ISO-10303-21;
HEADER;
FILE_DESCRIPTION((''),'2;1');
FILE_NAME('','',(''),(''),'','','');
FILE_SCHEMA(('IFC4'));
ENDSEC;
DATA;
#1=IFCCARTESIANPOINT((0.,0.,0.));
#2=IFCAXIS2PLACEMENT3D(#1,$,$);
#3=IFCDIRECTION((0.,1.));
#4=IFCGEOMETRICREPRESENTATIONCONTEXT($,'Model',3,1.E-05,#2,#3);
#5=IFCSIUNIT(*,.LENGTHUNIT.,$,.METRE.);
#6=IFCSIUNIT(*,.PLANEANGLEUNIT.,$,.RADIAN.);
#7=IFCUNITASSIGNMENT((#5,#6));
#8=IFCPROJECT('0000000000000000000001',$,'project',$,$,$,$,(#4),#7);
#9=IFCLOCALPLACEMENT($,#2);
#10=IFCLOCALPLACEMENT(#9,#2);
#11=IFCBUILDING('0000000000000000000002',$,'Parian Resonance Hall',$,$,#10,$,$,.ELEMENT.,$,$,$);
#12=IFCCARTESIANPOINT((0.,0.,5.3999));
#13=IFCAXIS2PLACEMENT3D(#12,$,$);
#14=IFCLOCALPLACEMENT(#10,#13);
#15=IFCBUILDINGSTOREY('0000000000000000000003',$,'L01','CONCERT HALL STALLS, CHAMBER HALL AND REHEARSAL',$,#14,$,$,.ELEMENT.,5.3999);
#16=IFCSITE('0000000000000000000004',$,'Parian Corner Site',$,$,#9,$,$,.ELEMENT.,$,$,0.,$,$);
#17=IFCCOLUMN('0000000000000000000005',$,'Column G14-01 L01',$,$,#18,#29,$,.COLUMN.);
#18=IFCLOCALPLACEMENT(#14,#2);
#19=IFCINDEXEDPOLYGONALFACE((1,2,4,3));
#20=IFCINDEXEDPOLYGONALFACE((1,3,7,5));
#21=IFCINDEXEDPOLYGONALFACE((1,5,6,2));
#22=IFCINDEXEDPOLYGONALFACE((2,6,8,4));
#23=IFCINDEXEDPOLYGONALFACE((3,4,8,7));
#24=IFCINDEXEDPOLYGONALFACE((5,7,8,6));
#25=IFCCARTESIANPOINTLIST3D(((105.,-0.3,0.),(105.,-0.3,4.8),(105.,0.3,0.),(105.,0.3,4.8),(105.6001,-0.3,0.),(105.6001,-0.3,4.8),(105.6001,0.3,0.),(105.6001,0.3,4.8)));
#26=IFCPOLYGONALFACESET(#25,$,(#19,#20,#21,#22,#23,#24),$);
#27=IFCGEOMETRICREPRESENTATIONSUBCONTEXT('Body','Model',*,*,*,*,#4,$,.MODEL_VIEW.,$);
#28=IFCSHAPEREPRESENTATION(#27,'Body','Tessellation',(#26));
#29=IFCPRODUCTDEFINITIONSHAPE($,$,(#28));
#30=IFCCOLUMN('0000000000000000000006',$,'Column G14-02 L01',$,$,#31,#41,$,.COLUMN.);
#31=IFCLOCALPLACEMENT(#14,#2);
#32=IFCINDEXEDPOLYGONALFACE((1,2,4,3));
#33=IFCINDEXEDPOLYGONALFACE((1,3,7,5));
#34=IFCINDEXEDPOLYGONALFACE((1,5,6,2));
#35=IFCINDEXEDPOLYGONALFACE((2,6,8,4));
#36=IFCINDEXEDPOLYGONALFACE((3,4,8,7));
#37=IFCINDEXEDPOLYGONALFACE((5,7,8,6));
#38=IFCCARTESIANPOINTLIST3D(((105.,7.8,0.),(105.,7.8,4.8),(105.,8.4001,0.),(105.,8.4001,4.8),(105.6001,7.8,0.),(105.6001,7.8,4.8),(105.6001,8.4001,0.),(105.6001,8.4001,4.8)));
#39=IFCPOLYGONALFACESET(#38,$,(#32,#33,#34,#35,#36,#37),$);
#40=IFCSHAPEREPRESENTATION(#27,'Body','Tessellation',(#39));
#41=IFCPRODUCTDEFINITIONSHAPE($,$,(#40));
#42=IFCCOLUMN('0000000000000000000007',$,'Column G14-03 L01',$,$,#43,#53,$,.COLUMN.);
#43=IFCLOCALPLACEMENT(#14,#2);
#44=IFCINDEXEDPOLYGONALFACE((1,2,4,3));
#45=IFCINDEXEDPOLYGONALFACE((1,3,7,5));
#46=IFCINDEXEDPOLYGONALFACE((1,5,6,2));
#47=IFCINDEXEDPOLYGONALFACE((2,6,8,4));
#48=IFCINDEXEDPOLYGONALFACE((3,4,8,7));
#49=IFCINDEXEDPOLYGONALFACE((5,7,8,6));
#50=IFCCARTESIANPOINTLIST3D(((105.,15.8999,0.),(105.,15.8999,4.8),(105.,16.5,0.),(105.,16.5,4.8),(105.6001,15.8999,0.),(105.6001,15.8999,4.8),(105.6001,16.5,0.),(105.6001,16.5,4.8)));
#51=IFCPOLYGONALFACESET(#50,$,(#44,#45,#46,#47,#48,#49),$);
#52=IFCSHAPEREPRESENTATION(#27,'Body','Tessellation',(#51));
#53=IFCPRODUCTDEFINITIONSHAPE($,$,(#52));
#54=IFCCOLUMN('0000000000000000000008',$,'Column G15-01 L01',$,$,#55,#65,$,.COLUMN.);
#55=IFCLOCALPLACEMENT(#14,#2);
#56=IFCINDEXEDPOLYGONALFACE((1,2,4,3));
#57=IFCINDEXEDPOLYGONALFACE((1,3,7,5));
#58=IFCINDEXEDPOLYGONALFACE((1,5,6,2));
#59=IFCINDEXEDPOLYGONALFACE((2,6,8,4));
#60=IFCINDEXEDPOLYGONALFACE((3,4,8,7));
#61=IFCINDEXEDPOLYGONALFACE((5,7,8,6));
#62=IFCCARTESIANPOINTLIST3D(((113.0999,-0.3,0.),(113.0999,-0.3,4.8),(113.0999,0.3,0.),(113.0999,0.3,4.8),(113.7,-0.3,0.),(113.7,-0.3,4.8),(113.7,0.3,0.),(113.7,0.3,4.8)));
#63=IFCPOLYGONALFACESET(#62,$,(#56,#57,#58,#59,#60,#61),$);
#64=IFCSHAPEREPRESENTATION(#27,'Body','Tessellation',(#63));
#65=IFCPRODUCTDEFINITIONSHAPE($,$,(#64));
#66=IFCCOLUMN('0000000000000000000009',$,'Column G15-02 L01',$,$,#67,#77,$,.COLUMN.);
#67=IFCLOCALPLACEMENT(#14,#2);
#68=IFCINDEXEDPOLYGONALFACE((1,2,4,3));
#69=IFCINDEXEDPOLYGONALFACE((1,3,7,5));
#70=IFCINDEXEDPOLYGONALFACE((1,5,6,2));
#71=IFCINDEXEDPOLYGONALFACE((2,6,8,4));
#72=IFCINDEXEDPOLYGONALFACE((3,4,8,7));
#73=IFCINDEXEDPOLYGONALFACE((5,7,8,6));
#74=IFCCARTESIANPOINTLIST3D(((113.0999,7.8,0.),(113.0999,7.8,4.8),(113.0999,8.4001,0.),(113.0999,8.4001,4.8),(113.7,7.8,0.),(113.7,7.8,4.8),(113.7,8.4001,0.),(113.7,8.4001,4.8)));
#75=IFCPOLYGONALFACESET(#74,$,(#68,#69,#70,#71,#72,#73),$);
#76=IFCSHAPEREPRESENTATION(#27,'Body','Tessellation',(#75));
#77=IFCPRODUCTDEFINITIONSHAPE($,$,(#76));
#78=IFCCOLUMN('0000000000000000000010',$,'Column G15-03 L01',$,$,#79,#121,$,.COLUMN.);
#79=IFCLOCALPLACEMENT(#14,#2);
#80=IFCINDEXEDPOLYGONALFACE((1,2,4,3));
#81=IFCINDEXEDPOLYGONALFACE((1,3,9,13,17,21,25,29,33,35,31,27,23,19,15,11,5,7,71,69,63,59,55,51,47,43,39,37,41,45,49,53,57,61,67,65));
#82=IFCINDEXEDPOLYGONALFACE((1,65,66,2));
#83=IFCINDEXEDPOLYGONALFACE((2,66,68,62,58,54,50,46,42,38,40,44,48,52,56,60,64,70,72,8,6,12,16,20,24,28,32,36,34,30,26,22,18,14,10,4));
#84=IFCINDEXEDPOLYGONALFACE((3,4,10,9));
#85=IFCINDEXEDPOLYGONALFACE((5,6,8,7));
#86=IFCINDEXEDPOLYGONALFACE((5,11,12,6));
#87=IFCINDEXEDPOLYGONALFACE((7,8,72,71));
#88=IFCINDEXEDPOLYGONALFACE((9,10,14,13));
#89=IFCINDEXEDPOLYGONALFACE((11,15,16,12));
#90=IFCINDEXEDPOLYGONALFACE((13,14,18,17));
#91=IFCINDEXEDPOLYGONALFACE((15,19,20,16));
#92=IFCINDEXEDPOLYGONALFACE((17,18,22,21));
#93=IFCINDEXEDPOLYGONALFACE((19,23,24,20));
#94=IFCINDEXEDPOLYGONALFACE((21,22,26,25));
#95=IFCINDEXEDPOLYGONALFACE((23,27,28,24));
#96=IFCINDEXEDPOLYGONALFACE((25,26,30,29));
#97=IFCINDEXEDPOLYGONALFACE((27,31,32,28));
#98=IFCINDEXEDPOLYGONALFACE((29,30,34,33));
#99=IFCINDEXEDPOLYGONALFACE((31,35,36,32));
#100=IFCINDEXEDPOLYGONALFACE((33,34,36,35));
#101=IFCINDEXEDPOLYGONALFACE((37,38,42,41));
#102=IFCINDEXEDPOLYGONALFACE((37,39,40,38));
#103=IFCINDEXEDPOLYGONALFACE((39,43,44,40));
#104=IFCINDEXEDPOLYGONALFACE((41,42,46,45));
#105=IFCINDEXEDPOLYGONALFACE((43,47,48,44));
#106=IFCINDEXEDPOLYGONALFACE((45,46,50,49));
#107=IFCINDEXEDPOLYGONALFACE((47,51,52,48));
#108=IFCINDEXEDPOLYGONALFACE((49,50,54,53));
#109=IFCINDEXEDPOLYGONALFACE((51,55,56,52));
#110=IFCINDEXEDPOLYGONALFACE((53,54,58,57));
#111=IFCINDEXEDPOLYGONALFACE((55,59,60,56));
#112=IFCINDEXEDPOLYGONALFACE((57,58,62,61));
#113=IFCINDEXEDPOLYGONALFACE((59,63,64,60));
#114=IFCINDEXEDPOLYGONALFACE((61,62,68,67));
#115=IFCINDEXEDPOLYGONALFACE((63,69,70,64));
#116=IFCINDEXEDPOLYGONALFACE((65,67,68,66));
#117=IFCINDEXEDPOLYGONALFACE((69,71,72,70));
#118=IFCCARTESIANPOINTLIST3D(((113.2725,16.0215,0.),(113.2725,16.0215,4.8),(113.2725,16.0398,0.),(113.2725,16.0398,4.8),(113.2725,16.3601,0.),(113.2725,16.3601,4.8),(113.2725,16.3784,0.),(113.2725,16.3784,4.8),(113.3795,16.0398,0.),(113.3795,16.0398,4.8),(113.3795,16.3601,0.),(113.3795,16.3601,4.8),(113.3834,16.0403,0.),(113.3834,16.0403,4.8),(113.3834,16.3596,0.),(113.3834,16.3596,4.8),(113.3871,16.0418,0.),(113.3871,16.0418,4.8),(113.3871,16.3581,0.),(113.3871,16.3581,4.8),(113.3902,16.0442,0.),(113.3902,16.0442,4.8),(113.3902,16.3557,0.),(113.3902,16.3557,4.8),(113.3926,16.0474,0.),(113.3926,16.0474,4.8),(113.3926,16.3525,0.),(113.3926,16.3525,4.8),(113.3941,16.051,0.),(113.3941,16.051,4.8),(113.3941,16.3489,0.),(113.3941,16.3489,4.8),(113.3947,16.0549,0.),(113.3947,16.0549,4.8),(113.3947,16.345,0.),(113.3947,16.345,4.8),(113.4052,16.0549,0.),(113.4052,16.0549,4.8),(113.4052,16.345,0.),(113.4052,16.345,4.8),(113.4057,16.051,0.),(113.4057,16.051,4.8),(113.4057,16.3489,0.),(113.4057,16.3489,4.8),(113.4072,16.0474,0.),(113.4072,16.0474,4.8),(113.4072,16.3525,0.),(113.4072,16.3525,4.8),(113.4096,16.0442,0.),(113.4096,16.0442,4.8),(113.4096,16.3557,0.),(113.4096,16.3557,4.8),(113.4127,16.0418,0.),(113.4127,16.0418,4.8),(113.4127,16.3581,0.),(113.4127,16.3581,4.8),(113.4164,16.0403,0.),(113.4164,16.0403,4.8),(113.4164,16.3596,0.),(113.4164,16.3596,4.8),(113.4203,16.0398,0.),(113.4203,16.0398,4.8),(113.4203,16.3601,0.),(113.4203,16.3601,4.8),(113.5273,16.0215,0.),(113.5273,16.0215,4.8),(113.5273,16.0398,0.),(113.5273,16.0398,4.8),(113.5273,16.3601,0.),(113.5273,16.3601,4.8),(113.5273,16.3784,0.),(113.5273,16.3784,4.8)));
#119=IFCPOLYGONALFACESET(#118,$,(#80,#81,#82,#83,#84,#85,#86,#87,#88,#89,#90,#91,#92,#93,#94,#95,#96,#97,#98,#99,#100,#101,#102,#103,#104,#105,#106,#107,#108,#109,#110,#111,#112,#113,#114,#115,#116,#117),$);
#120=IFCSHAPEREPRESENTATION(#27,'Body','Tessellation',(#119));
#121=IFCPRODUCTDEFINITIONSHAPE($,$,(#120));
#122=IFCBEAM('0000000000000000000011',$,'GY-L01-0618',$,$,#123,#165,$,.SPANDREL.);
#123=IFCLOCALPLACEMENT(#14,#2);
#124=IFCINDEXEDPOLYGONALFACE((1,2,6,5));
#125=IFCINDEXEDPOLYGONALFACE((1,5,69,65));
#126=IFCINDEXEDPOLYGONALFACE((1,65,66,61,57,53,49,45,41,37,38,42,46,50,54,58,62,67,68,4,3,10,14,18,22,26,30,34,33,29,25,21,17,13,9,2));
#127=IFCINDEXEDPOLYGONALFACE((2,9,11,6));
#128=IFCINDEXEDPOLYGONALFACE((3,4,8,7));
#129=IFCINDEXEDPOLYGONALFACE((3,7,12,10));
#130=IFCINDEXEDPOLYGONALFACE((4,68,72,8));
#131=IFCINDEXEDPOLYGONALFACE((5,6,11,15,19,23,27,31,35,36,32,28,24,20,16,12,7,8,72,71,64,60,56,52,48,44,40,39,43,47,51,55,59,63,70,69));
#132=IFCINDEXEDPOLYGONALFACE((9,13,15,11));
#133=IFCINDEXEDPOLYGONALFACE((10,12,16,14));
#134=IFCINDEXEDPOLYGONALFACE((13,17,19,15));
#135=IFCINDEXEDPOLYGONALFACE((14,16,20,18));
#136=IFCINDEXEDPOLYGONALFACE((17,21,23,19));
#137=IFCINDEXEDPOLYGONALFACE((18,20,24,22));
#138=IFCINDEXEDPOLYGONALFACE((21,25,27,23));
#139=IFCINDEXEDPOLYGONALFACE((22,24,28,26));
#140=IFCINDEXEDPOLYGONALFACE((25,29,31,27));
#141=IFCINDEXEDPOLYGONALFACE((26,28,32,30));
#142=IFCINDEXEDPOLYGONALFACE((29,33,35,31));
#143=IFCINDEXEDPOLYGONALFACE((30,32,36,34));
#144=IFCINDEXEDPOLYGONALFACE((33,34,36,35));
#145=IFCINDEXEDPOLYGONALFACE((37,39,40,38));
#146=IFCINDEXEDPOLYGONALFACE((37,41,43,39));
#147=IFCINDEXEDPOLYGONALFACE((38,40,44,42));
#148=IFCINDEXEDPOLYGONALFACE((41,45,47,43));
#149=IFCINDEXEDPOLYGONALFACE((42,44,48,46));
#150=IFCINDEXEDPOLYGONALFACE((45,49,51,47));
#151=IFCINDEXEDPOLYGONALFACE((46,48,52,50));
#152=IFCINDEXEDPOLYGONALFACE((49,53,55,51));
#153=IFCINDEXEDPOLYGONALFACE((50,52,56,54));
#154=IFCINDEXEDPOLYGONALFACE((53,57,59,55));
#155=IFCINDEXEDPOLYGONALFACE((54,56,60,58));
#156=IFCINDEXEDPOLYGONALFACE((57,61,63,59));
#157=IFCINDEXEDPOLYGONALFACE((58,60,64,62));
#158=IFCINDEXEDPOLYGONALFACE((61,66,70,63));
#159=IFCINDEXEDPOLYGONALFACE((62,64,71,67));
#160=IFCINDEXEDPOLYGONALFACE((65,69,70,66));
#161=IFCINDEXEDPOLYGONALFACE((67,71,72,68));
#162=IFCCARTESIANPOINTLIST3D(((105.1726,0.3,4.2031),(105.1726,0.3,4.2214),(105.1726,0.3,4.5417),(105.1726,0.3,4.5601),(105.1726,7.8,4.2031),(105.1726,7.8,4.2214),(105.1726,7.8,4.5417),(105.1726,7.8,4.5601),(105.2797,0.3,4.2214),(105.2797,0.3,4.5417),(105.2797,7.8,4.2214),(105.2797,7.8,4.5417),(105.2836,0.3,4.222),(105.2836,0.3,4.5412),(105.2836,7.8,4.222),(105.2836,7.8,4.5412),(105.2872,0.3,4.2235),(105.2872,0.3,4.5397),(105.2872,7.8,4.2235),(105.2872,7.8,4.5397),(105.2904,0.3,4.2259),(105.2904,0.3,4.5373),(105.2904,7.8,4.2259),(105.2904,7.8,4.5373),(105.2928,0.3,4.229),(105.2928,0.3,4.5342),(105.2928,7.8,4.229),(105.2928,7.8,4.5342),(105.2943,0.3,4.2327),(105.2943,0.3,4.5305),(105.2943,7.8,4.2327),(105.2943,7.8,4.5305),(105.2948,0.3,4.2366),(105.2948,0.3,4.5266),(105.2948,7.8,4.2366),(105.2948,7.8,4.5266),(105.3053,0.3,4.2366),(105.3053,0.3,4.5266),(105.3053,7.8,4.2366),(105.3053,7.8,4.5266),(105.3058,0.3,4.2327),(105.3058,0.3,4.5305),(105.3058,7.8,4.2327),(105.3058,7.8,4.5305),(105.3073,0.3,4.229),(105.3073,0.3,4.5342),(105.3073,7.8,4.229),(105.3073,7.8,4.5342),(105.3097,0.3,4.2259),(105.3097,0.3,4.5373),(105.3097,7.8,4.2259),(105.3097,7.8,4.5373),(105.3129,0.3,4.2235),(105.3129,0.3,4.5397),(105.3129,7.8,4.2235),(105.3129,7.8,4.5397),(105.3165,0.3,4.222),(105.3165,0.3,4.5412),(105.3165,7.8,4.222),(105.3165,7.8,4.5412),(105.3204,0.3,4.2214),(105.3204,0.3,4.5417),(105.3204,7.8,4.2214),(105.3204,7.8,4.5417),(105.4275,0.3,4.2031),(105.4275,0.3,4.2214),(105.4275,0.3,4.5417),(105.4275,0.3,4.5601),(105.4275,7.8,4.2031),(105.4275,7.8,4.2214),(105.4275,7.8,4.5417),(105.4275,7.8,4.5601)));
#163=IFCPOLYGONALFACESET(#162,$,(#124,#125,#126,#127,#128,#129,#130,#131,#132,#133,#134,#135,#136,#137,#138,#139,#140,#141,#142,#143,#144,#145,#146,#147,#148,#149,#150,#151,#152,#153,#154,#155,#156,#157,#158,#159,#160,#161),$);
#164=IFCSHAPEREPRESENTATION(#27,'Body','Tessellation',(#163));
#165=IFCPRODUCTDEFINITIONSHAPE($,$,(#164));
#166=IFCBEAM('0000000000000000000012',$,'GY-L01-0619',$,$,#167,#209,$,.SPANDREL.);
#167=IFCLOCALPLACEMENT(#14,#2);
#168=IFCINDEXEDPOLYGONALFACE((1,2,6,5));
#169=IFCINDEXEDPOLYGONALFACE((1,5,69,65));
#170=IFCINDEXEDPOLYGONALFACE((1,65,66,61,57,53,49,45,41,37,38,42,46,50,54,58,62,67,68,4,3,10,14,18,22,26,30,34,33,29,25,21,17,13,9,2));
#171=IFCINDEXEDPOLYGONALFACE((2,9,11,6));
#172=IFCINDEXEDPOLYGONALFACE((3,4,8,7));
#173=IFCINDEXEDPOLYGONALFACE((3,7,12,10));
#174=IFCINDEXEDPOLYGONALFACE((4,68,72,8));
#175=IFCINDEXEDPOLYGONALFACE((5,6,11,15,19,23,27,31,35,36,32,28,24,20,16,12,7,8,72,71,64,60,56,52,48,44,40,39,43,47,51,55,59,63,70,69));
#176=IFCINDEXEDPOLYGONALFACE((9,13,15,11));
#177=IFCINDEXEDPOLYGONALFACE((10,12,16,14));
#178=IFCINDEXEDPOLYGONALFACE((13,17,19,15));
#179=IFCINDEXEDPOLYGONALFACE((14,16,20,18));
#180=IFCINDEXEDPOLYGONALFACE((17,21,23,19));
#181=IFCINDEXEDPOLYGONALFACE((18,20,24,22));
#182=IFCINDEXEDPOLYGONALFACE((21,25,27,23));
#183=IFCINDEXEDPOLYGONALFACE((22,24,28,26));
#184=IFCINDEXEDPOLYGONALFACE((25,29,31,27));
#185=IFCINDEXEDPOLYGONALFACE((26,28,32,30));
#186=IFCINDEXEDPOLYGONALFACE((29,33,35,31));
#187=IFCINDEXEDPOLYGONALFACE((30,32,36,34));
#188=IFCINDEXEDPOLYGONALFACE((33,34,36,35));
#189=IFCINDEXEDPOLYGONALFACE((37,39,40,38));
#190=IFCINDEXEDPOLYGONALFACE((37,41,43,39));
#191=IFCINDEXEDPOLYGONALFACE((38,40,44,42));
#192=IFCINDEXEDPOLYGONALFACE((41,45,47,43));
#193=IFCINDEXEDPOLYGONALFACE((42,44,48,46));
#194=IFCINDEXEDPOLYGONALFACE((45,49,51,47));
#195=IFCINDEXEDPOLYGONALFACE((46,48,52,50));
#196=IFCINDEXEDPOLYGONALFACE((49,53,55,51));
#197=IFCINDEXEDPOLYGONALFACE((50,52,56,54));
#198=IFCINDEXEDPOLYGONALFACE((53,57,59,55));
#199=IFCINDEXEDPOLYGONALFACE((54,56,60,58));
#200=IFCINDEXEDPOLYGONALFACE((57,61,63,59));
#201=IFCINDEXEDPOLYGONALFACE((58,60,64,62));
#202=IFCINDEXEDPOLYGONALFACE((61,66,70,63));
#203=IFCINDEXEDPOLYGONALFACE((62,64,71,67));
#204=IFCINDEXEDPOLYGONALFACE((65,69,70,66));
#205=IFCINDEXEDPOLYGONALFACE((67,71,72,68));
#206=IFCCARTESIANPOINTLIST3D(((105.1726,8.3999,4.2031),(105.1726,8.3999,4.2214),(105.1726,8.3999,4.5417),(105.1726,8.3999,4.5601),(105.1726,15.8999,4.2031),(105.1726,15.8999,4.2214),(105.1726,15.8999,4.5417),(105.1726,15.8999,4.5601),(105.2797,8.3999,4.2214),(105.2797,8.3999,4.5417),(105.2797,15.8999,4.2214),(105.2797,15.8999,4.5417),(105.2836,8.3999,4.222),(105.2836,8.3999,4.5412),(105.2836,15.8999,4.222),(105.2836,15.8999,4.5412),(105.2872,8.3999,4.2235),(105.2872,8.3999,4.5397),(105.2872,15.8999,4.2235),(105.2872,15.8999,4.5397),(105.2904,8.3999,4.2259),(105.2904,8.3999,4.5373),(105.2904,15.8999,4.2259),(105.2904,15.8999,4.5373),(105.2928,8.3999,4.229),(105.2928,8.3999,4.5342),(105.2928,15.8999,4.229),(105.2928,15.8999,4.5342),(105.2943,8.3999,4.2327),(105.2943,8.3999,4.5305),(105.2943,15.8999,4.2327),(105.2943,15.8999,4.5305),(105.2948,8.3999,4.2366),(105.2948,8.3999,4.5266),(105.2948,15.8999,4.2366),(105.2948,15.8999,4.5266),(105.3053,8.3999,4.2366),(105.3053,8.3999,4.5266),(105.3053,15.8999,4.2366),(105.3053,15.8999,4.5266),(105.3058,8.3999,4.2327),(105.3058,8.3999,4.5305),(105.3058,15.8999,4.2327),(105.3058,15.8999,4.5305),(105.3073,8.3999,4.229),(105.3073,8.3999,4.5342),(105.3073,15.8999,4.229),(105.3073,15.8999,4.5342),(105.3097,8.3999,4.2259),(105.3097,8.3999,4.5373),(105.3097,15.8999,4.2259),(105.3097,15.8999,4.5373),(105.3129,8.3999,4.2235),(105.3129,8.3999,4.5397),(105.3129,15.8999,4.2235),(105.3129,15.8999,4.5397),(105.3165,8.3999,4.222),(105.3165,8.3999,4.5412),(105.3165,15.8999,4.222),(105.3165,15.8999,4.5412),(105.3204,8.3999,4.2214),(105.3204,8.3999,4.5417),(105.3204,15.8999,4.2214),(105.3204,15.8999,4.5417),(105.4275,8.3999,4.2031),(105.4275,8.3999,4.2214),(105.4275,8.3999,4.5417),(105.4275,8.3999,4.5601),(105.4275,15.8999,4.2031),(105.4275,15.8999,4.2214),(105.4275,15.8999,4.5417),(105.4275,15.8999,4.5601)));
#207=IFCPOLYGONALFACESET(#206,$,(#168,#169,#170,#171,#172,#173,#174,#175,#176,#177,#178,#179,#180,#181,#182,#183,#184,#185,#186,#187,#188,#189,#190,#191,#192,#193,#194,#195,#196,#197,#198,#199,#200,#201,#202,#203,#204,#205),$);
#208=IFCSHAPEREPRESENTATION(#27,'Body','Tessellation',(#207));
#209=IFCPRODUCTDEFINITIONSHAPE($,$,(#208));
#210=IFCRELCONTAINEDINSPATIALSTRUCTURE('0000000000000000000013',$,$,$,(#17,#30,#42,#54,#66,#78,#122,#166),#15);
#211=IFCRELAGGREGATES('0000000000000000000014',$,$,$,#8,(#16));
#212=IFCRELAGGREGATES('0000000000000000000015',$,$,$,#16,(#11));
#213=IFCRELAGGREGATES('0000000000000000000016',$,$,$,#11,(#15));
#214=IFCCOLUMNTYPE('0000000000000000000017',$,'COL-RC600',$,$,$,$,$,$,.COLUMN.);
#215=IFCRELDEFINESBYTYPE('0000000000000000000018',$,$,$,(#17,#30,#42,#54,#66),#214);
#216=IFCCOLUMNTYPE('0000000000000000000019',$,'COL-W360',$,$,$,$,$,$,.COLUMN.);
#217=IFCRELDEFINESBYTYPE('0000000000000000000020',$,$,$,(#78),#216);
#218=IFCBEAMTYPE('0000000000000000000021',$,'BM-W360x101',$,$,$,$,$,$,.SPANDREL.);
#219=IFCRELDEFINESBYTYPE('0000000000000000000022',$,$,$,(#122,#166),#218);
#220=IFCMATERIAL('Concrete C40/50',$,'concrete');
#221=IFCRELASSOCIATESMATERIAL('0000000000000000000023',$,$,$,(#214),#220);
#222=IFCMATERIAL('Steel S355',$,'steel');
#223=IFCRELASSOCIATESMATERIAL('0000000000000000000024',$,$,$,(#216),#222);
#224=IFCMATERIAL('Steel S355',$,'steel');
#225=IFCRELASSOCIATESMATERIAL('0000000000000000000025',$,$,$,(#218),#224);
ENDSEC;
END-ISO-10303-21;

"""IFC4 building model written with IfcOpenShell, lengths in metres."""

from ifc_helpers import new_model, si_unit, direction, frame, origin, origin_2d, place, context, subcontext, project, spatial, rectangle, i_section, extrude, material, material_profile, profile_set, type_object, element, save


model = new_model("IFC4")

# Units and contexts
model_context = context("Model", 3, precision=1e-05, world=origin(), true_north=direction((0.0, 1.0)))
body_context = subcontext(model_context, "Body", "Model", "MODEL_VIEW")
ifc_project = project(units=[si_unit("LENGTHUNIT", "METRE"), si_unit("PLANEANGLEUNIT", "RADIAN")], contexts=[model_context])

# Site, building, storey
site_placement = place(None, origin())
site = spatial("IfcSite", under=ifc_project, at=site_placement, Name="Parian Corner Site", CompositionType="ELEMENT", RefElevation=0.0)
building_placement = place(site_placement, origin())
building = spatial("IfcBuilding", under=site, at=building_placement, Name="Parian Resonance Hall", CompositionType="ELEMENT")
storey_placement = place(building_placement, frame((0.0, 0.0, 5.3999)))
storey = spatial("IfcBuildingStorey", under=building, at=storey_placement, Name="L01", Description="CONCERT HALL STALLS, CHAMBER HALL AND REHEARSAL", CompositionType="ELEMENT", Elevation=5.3999)

# Columns
ifc_material_1 = material(Name="Concrete C40/50", Category="concrete")
ifc_material_profile_1 = material_profile(ifc_material_1, rectangle(XDim=0.6001, YDim=0.6001, at=origin_2d()), Name="RC-COL-600x600")
ifc_profile_set_1 = profile_set([ifc_material_profile_1], Name="Concrete C40/50")
column_type_1 = type_object("IfcColumnType", Name="COL-RC600", PredefinedType="COLUMN", material=ifc_profile_set_1)
for number, where, z_axis, x_axis, name in (
    (1, (105.3, 0.0, 0.0), (0.0, 0.0, 1.0), (1.0, 0.0, 0.0), "Column G14-01 L01"),
    (2, (105.3, 8.1001, 0.0), (0.0, 0.0, 1.0), (1.0, 0.0, 0.0), "Column G14-02 L01"),
    (3, (105.3, 16.2, 0.0), (0.0, 0.0, 1.0), (1.0, 0.0, 0.0), "Column G14-03 L01"),
    (4, (113.3999, 0.0, 0.0), (0.0, 0.0, 1.0), (1.0, 0.0, 0.0), "Column G15-01 L01"),
    (5, (113.3999, 8.1001, 0.0), (0.0, 0.0, 1.0), (1.0, 0.0, 0.0), "Column G15-02 L01"),
):
    element("IfcColumn", number, at=place(storey_placement, frame(where, z_axis=z_axis, x_axis=x_axis)), inside=storey, type_object=column_type_1, Name=name, PredefinedType="COLUMN", context=body_context, shape_type="SweptSolid", body=[
        extrude(rectangle(XDim=0.6001, YDim=0.6001, at=origin_2d()), origin(), (0.0, 0.0, 1.0), 4.8),
    ])
ifc_material_2 = material(Name="Steel S355", Category="steel")
ifc_material_profile_2 = material_profile(ifc_material_2, i_section(OverallWidth=0.2549, OverallDepth=0.3569, WebThickness=0.0105, FlangeThickness=0.0183, FilletRadius=0.0151, at=origin_2d()), Name="W360x101")
ifc_profile_set_2 = profile_set([ifc_material_profile_2], Name="Steel S355")
column_type_2 = type_object("IfcColumnType", Name="COL-W360", PredefinedType="COLUMN", material=ifc_profile_set_2)
column_placement = place(storey_placement, frame((113.3999, 16.2, 0.0), z_axis=(0.0, 0.0, 1.0), x_axis=(1.0, 0.0, 0.0)))
element("IfcColumn", 6, at=column_placement, inside=storey, type_object=column_type_2, Name="Column G15-03 L01", PredefinedType="COLUMN", context=body_context, shape_type="SweptSolid", body=[
    extrude(i_section(OverallWidth=0.2549, OverallDepth=0.3569, WebThickness=0.0105, FlangeThickness=0.0183, FilletRadius=0.0151, at=origin_2d()), origin(), (0.0, 0.0, 1.0), 4.8),
])

# Beams
ifc_material_3 = material(Name="Steel S355", Category="steel")
ifc_material_profile_3 = material_profile(ifc_material_3, i_section(OverallWidth=0.2549, OverallDepth=0.3569, WebThickness=0.0105, FlangeThickness=0.0183, FilletRadius=0.0151, at=origin_2d()), Name="W360x101")
ifc_profile_set_3 = profile_set([ifc_material_profile_3], Name="Steel S355")
beam_type_1 = type_object("IfcBeamType", Name="BM-W360x101", PredefinedType="SPANDREL", material=ifc_profile_set_3)
for number, where, z_axis, x_axis, name in (
    (7, (105.3, 0.3, 4.3816), (0.0, 1.0, 0.0), (-1.0, 0.0, 0.0), "GY-L01-0618"),
    (8, (105.3, 8.3999, 4.3816), (0.0, 1.0, 0.0), (-1.0, 0.0, 0.0), "GY-L01-0619"),
):
    element("IfcBeam", number, at=place(storey_placement, frame(where, z_axis=z_axis, x_axis=x_axis)), inside=storey, type_object=beam_type_1, Name=name, PredefinedType="SPANDREL", context=body_context, shape_type="SweptSolid", body=[
        extrude(i_section(OverallWidth=0.2549, OverallDepth=0.3569, WebThickness=0.0105, FlangeThickness=0.0183, FilletRadius=0.0151, at=origin_2d()), origin(), (0.0, 0.0, 1.0), 7.5),
    ])

save(model, "model.ifc")
